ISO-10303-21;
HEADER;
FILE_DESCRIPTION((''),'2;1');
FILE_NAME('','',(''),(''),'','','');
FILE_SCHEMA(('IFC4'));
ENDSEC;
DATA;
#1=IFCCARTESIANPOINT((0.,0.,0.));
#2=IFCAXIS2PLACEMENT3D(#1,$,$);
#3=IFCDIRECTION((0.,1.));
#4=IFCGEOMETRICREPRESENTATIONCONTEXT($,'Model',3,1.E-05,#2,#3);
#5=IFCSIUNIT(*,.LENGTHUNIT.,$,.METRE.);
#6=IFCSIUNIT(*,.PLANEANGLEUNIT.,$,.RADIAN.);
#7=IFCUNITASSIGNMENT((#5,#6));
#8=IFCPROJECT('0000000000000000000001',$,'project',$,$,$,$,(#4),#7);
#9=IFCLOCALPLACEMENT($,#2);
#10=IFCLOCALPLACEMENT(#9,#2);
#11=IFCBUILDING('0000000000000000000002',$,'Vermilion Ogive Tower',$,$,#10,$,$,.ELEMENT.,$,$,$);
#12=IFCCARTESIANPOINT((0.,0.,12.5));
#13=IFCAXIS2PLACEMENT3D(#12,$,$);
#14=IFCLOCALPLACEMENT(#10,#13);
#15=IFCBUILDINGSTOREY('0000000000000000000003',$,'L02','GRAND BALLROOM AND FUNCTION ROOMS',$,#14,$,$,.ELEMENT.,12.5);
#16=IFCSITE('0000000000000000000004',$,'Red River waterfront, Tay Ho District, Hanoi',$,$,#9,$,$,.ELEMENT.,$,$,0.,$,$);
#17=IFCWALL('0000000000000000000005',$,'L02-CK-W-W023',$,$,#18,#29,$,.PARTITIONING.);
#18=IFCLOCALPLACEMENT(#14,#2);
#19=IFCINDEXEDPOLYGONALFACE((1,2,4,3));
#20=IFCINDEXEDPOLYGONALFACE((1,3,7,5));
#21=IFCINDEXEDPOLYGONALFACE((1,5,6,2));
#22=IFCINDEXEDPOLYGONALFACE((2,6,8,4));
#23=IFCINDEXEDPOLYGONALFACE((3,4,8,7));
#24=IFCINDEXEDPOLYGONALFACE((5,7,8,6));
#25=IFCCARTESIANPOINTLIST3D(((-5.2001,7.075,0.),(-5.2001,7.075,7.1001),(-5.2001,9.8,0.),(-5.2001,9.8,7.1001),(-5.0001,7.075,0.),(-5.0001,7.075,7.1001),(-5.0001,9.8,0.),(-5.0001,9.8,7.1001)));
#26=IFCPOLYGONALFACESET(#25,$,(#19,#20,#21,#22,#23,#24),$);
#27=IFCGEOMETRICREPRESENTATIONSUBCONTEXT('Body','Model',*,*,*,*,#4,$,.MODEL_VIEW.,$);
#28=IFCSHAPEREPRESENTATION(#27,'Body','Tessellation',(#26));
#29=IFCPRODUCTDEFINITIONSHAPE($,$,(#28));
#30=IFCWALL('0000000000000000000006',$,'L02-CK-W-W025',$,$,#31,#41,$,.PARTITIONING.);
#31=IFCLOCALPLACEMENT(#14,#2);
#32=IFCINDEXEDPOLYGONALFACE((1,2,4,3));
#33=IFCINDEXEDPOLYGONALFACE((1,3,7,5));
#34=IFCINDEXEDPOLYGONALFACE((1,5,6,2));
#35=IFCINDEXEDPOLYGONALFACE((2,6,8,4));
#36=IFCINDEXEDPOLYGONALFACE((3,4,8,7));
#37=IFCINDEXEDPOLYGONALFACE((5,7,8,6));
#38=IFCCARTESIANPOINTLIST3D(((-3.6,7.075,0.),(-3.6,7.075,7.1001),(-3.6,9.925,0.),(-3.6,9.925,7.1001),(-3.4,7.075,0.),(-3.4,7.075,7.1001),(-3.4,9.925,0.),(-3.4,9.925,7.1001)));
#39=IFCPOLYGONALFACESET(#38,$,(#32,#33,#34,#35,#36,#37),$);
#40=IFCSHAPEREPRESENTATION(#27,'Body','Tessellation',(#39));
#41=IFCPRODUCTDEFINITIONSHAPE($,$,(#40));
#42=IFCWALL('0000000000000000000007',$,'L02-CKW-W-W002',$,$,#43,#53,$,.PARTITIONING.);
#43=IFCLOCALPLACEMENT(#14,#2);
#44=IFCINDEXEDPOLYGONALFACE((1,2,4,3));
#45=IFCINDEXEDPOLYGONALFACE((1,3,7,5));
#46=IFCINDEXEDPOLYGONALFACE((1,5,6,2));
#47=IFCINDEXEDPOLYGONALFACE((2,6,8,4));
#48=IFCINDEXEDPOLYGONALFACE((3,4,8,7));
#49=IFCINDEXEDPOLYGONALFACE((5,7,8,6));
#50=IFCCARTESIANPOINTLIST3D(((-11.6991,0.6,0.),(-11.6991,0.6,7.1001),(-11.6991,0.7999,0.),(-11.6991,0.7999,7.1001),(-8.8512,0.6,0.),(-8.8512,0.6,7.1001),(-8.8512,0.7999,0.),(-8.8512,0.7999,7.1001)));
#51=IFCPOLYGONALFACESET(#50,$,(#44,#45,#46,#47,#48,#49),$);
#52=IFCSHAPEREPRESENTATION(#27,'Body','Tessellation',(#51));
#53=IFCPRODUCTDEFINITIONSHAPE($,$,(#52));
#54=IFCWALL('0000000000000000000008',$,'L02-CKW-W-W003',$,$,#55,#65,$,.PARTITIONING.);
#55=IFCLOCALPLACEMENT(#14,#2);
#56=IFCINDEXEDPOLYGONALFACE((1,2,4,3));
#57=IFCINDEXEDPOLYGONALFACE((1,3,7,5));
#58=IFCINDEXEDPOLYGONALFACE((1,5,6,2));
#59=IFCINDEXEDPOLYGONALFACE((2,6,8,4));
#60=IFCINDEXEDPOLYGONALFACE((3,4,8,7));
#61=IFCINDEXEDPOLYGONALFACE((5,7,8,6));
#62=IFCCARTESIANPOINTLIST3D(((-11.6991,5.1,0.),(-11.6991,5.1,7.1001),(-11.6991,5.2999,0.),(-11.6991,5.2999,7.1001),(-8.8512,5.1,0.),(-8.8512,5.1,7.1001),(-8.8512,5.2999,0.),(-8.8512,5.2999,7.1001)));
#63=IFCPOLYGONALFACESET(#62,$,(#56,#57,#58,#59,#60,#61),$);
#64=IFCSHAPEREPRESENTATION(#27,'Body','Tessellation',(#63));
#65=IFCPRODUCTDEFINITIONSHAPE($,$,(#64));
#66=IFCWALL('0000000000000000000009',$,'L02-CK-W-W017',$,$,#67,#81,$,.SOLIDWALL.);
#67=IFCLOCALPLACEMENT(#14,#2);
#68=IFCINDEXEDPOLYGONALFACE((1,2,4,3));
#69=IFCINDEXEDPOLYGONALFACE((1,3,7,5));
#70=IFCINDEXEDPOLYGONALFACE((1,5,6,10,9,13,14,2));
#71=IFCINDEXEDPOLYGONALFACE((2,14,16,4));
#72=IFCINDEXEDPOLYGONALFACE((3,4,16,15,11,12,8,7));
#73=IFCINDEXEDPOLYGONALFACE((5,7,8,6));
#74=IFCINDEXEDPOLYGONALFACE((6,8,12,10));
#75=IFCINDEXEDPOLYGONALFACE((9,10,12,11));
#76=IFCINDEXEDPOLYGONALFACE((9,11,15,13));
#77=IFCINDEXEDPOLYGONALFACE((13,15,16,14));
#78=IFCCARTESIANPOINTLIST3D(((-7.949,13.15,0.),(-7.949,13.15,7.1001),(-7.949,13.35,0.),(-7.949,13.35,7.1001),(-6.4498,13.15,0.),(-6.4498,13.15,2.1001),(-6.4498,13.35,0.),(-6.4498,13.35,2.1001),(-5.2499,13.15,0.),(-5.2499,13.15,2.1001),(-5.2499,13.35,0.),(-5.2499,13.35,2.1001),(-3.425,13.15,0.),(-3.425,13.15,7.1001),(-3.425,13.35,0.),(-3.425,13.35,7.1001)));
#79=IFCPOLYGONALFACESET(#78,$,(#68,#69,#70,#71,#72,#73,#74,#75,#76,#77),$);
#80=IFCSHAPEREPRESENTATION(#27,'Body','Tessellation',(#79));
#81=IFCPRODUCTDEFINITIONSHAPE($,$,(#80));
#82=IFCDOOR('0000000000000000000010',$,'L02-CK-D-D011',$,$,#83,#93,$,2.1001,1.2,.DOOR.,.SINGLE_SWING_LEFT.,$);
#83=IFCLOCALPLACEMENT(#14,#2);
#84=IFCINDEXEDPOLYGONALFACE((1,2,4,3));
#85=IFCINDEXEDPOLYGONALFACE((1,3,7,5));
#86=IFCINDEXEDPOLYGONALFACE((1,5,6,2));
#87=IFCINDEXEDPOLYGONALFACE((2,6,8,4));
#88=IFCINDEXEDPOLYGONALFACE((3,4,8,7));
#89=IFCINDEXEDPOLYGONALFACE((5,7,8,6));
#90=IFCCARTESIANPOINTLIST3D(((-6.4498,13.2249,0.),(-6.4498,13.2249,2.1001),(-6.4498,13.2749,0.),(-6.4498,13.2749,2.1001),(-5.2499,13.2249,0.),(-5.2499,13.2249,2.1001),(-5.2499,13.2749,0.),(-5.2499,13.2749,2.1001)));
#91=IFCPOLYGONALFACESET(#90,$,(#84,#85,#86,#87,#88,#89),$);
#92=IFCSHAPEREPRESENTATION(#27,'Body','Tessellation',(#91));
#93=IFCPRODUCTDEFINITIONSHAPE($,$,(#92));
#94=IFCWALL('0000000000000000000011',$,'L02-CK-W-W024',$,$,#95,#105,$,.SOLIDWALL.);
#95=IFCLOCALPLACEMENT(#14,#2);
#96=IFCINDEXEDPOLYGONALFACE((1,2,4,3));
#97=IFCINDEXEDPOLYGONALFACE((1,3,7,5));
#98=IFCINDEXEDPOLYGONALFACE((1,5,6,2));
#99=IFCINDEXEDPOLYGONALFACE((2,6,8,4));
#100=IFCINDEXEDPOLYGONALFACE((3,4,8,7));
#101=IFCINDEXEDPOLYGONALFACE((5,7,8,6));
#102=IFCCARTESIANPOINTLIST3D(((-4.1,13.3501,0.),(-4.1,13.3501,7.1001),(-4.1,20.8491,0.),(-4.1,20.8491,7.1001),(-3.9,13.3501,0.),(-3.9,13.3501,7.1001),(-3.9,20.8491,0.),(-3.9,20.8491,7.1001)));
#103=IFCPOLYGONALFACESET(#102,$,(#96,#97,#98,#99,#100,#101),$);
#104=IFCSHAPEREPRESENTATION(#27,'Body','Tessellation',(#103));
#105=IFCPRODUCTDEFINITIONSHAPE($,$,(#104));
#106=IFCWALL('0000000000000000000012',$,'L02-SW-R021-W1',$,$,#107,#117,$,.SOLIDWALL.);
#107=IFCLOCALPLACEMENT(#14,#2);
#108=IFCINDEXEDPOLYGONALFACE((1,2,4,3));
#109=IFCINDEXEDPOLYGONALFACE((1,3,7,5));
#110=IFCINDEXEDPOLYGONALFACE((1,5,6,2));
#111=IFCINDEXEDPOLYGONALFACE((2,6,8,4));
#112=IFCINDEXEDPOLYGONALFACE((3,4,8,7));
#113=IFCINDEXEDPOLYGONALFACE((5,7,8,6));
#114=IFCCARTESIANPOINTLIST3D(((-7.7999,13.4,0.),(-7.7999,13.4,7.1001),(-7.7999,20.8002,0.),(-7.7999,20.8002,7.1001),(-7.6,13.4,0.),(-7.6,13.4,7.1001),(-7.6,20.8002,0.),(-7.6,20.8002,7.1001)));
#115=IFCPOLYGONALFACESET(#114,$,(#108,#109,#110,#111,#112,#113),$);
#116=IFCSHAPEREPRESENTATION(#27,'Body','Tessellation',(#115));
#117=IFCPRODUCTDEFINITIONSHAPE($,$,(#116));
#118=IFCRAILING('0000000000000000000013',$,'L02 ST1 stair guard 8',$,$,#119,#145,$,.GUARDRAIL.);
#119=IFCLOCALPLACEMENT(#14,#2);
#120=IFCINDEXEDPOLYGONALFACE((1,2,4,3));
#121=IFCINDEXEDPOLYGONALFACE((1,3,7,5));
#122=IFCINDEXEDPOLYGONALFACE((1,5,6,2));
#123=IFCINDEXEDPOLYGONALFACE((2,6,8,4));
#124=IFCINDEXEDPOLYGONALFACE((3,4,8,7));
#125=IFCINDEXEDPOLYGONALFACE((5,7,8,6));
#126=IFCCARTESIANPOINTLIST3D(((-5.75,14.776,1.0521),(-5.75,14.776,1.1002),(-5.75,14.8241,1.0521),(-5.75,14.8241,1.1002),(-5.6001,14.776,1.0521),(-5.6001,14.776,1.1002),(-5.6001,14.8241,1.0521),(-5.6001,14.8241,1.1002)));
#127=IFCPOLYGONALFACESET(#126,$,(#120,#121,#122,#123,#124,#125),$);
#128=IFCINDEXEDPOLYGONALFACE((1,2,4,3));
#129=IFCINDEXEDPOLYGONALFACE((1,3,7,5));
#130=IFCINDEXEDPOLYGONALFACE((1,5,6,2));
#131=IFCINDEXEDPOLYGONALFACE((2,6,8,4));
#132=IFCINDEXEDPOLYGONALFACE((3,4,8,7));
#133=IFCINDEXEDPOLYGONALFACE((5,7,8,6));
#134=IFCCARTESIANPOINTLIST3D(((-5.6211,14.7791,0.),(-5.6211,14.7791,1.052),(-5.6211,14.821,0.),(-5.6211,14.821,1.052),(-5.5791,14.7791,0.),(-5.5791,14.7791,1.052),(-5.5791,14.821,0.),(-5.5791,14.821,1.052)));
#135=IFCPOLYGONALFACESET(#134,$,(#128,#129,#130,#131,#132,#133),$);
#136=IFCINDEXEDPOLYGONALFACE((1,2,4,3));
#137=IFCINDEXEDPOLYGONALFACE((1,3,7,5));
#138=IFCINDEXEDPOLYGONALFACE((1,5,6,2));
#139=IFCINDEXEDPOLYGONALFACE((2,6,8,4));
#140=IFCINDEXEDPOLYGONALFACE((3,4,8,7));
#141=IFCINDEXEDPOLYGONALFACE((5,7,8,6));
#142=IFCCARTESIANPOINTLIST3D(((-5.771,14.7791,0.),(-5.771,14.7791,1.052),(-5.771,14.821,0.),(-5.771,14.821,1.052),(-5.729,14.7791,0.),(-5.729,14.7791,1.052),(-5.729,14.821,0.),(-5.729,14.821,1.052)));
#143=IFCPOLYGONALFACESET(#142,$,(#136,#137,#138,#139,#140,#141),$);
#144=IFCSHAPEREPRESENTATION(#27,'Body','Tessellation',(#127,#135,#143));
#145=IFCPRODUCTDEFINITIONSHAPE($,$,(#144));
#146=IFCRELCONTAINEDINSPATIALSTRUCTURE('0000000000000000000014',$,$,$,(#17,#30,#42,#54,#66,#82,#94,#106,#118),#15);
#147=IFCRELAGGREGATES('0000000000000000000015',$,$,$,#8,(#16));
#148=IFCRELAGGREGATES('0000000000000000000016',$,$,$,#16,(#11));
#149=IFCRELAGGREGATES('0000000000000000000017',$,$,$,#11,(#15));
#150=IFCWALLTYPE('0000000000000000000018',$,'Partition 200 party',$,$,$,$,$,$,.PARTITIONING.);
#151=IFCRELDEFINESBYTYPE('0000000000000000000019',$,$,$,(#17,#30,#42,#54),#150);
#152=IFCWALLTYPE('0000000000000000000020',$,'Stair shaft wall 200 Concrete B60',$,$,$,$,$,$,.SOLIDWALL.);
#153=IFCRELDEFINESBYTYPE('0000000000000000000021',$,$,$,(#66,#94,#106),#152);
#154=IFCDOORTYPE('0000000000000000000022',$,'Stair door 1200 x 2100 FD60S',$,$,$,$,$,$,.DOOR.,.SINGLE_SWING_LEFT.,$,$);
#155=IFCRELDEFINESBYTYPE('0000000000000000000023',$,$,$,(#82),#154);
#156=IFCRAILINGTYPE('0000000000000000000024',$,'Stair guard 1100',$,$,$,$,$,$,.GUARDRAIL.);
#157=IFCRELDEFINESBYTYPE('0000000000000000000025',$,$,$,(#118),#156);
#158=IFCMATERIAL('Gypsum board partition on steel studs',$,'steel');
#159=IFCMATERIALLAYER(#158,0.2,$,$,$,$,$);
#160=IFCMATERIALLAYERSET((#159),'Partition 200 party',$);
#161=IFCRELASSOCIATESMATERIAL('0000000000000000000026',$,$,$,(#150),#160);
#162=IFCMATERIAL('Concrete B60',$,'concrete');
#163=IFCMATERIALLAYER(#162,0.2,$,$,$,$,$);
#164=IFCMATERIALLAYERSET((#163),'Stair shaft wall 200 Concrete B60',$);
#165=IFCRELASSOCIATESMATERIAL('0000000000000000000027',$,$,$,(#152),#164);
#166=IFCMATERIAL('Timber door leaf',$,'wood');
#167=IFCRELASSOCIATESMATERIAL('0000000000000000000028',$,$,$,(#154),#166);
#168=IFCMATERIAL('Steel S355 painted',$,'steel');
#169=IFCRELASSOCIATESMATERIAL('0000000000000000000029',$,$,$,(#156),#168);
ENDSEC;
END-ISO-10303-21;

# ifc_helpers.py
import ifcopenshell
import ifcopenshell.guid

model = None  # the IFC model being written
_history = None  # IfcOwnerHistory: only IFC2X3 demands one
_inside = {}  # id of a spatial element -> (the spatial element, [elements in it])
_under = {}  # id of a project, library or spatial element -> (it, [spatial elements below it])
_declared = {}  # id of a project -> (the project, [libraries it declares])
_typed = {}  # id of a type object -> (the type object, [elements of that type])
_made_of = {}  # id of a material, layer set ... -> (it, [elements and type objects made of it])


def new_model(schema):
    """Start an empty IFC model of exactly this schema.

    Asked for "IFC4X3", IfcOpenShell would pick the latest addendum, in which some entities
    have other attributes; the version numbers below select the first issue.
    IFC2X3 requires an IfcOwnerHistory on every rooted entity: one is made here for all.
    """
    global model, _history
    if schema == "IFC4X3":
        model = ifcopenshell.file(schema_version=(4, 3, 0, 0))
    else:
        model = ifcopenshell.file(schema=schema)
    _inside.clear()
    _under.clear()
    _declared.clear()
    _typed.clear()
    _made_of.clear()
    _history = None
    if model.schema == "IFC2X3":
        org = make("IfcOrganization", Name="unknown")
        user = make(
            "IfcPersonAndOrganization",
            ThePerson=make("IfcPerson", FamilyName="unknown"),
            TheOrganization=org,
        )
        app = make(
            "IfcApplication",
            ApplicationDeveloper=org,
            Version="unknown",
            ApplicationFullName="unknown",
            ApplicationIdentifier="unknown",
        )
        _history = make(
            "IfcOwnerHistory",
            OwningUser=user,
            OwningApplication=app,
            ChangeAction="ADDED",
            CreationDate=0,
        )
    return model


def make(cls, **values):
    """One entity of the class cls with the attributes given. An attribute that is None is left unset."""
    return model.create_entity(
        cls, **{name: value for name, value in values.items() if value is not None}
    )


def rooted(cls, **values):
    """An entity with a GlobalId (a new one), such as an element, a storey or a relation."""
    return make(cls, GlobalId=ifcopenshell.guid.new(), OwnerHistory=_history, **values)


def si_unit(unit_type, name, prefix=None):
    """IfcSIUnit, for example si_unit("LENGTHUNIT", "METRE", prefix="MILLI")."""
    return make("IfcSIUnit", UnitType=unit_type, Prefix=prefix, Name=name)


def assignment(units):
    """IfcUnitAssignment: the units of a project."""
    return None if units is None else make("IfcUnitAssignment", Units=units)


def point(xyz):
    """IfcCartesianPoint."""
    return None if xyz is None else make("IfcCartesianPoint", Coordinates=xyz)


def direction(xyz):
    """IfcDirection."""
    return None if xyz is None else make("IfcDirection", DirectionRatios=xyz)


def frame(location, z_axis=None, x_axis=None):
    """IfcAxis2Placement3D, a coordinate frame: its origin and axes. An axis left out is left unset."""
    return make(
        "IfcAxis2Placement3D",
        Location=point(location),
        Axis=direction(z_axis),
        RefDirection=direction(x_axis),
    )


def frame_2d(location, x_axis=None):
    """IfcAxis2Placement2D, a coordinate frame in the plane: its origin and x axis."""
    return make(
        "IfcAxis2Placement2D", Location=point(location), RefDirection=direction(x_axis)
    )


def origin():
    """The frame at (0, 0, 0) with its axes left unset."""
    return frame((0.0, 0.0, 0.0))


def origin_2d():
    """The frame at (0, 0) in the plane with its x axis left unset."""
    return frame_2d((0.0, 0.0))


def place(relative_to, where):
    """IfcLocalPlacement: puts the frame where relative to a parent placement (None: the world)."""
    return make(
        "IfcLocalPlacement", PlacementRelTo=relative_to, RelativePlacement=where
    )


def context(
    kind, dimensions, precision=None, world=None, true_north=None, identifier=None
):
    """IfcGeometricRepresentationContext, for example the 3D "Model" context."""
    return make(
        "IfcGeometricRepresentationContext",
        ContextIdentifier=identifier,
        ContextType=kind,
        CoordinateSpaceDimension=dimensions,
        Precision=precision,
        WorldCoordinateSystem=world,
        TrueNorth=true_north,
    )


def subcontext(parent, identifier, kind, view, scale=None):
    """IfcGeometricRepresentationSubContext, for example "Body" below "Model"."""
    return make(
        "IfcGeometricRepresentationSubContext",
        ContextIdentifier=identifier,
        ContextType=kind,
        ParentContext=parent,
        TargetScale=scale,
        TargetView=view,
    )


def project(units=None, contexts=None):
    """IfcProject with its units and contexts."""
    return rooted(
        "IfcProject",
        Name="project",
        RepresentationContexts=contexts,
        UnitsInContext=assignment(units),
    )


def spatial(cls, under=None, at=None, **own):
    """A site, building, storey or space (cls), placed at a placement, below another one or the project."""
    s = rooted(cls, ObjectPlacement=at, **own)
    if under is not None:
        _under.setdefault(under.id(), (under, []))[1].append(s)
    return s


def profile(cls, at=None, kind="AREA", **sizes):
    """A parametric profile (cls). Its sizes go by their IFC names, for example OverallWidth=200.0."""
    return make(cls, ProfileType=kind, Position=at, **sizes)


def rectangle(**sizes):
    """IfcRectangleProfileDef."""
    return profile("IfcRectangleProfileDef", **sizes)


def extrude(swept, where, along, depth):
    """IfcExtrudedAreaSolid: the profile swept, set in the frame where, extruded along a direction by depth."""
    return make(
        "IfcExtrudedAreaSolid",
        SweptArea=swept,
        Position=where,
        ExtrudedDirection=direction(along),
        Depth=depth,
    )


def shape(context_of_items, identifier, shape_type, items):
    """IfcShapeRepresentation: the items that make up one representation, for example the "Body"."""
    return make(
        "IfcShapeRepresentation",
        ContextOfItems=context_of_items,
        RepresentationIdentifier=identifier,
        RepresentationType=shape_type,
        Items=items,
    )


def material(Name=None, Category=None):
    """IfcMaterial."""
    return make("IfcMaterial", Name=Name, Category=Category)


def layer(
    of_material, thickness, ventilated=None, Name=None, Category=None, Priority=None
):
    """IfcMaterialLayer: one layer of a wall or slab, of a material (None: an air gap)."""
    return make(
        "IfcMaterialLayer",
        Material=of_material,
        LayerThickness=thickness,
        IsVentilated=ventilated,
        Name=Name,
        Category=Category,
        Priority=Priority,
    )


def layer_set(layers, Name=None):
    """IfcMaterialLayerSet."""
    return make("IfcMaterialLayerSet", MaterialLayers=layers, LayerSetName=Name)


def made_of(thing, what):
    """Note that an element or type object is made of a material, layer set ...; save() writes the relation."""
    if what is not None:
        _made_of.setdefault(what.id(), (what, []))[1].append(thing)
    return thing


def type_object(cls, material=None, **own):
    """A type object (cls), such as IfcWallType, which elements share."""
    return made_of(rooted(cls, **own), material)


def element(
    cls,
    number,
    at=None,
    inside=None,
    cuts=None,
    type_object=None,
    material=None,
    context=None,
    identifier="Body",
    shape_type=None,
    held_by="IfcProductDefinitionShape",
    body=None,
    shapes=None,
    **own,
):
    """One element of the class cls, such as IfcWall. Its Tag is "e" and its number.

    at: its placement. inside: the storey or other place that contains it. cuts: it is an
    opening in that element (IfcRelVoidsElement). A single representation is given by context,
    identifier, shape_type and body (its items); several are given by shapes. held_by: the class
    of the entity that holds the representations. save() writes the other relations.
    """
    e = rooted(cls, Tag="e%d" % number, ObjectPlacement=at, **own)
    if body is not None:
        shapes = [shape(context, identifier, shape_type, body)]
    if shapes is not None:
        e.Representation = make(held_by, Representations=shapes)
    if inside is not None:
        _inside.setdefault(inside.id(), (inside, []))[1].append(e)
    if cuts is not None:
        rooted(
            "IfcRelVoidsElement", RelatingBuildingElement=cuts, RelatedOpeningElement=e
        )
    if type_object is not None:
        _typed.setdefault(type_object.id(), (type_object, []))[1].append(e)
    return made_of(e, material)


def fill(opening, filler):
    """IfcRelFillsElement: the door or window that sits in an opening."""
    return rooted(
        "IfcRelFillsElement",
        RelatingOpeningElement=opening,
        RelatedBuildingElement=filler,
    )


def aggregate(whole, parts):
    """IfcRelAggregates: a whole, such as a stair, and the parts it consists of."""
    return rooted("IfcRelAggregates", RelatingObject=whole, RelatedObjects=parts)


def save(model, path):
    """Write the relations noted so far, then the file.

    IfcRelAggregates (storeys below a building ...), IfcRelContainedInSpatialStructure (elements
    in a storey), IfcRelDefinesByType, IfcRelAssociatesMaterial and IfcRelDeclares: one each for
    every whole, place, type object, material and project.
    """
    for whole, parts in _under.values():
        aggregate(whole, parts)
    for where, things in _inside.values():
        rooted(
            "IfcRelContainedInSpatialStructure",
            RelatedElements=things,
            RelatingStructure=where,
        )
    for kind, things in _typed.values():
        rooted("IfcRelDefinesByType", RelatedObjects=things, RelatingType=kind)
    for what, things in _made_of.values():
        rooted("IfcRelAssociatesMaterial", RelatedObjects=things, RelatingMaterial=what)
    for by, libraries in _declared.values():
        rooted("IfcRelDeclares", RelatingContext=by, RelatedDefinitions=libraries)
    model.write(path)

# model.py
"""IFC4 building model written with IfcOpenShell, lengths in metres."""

from ifc_helpers import new_model, si_unit, direction, frame, frame_2d, origin, origin_2d, place, context, subcontext, project, spatial, rectangle, extrude, material, layer, layer_set, type_object, element, fill, save


model = new_model("IFC4")

# Units and contexts
model_context = context("Model", 3, precision=1e-05, world=origin(), true_north=direction((0.0, 1.0)))
body_context = subcontext(model_context, "Body", "Model", "MODEL_VIEW")
ifc_project = project(units=[si_unit("LENGTHUNIT", "METRE"), si_unit("PLANEANGLEUNIT", "RADIAN")], contexts=[model_context])

# Site, building, storey
site_placement = place(None, origin())
site = spatial("IfcSite", under=ifc_project, at=site_placement, Name="Red River waterfront, Tay Ho District, Hanoi", CompositionType="ELEMENT", RefElevation=0.0)
building_placement = place(site_placement, origin())
building = spatial("IfcBuilding", under=site, at=building_placement, Name="Vermilion Ogive Tower", CompositionType="ELEMENT")
storey_placement = place(building_placement, frame((0.0, 0.0, 12.5)))
storey = spatial("IfcBuildingStorey", under=building, at=storey_placement, Name="L02", Description="GRAND BALLROOM AND FUNCTION ROOMS", CompositionType="ELEMENT", Elevation=12.5)

# Shared definitions
ifc_material_1 = material(Name="Gypsum board partition on steel studs", Category="steel")
ifc_layer_1 = layer(ifc_material_1, 0.2)
ifc_layer_set_1 = layer_set([ifc_layer_1], Name="Partition 200 party")
wall_type_1 = type_object("IfcWallType", Name="Partition 200 party", PredefinedType="PARTITIONING", material=ifc_layer_set_1)

# Walls
wall_1_placement = place(storey_placement, frame((-5.1001, 7.075, 0.0), z_axis=(0.0, 0.0, 1.0), x_axis=(0.0, 1.0, 0.0)))
element("IfcWall", 1, at=wall_1_placement, inside=storey, type_object=wall_type_1, Name="L02-CK-W-W023", PredefinedType="PARTITIONING", context=body_context, shape_type="SweptSolid", body=[
    extrude(rectangle(XDim=2.7251, YDim=0.2, at=frame_2d((1.3625, 0.0))), origin(), (0.0, 0.0, 1.0), 7.1001),
])
wall_2_placement = place(storey_placement, frame((-3.5, 7.075, 0.0), z_axis=(0.0, 0.0, 1.0), x_axis=(0.0, 1.0, 0.0)))
element("IfcWall", 2, at=wall_2_placement, inside=storey, type_object=wall_type_1, Name="L02-CK-W-W025", PredefinedType="PARTITIONING", context=body_context, shape_type="SweptSolid", body=[
    extrude(rectangle(XDim=2.8501, YDim=0.2, at=frame_2d((1.425, 0.0))), origin(), (0.0, 0.0, 1.0), 7.1001),
])
for number, where, z_axis, x_axis, name in (
    (3, (-11.699, 0.7, 0.0), (0.0, 0.0, 1.0), (1.0, 0.0, 0.0), "L02-CKW-W-W002"),
    (4, (-11.699, 5.2, 0.0), (0.0, 0.0, 1.0), (1.0, 0.0, 0.0), "L02-CKW-W-W003"),
):
    element("IfcWall", number, at=place(storey_placement, frame(where, z_axis=z_axis, x_axis=x_axis)), inside=storey, type_object=wall_type_1, Name=name, PredefinedType="PARTITIONING", context=body_context, shape_type="SweptSolid", body=[
        extrude(rectangle(XDim=2.8479, YDim=0.2, at=frame_2d((1.4238, 0.0))), origin(), (0.0, 0.0, 1.0), 7.1001),
    ])

# Wall, opening, door
ifc_material_2 = material(Name="Concrete B60", Category="concrete")
ifc_layer_2 = layer(ifc_material_2, 0.2)
ifc_layer_set_2 = layer_set([ifc_layer_2], Name="Stair shaft wall 200 Concrete B60")
wall_type_2 = type_object("IfcWallType", Name="Stair shaft wall 200 Concrete B60", PredefinedType="SOLIDWALL", material=ifc_layer_set_2)
wall_3_placement = place(storey_placement, frame((-7.949, 13.25, 0.0), z_axis=(0.0, 0.0, 1.0), x_axis=(1.0, 0.0, 0.0)))
wall_3 = element("IfcWall", 5, at=wall_3_placement, inside=storey, type_object=wall_type_2, Name="L02-CK-W-W017", PredefinedType="SOLIDWALL", context=body_context, shape_type="SweptSolid", body=[
    extrude(rectangle(XDim=4.5239, YDim=0.2, at=frame_2d((2.262, 0.0))), origin(), (0.0, 0.0, 1.0), 7.1001),
])
opening_1_placement = place(wall_3_placement, frame((1.499, 0.0, 0.0)))
opening_1 = element("IfcOpeningElement", 6, at=opening_1_placement, cuts=wall_3, PredefinedType="OPENING", context=body_context, shape_type="SweptSolid", body=[
    extrude(rectangle(XDim=1.2, YDim=2.1001, at=frame_2d((0.6001, 1.05))), frame((0.0, 0.1099, 0.0), z_axis=(0.0, -1.0, 0.0), x_axis=(1.0, 0.0, 0.0)), (0.0, 0.0, 1.0), 0.22),
])
ifc_material_3 = material(Name="Timber door leaf", Category="wood")
door_type_1 = type_object("IfcDoorType", Name="Stair door 1200 x 2100 FD60S", OperationType="SINGLE_SWING_LEFT", PredefinedType="DOOR", material=ifc_material_3)
door_1_placement = place(opening_1_placement, origin())
door_1 = element("IfcDoor", 7, at=door_1_placement, inside=storey, type_object=door_type_1, Name="L02-CK-D-D011", OperationType="SINGLE_SWING_LEFT", OverallHeight=2.1001, OverallWidth=1.2, PredefinedType="DOOR", context=body_context, shape_type="SweptSolid", body=[
    extrude(rectangle(XDim=1.2, YDim=2.1001, at=frame_2d((0.6001, 1.05))), frame((0.0, 0.0249, 0.0), z_axis=(0.0, -1.0, 0.0), x_axis=(1.0, 0.0, 0.0)), (0.0, 0.0, 1.0), 0.05),
])
fill(opening_1, door_1)

# Walls
wall_4_placement = place(storey_placement, frame((-4.0, 13.3501, 0.0), z_axis=(0.0, 0.0, 1.0), x_axis=(0.0, 1.0, 0.0)))
element("IfcWall", 8, at=wall_4_placement, inside=storey, type_object=wall_type_2, Name="L02-CK-W-W024", PredefinedType="SOLIDWALL", context=body_context, shape_type="SweptSolid", body=[
    extrude(rectangle(XDim=7.499, YDim=0.2, at=frame_2d((3.7495, 0.0))), origin(), (0.0, 0.0, 1.0), 7.1001),
])
wall_5_placement = place(storey_placement, frame((-7.7, 13.3999, 0.0), z_axis=(0.0, 0.0, 1.0), x_axis=(0.0, 1.0, 0.0)))
element("IfcWall", 9, at=wall_5_placement, inside=storey, type_object=wall_type_2, Name="L02-SW-R021-W1", PredefinedType="SOLIDWALL", context=body_context, shape_type="SweptSolid", body=[
    extrude(rectangle(XDim=7.4001, YDim=0.2, at=frame_2d((3.7002, 0.0))), origin(), (0.0, 0.0, 1.0), 7.1001),
])

# Railing
ifc_material_4 = material(Name="Steel S355 painted", Category="steel")
railing_type = type_object("IfcRailingType", Name="Stair guard 1100", PredefinedType="GUARDRAIL", material=ifc_material_4)
railing_1_placement = place(storey_placement, frame((-5.6001, 14.8, 0.0)))
element("IfcRailing", 10, at=railing_1_placement, inside=storey, type_object=railing_type, Name="L02 ST1 stair guard 8", PredefinedType="GUARDRAIL", context=body_context, shape_type="SweptSolid", body=[
    extrude(rectangle(XDim=0.0481, YDim=0.0481, at=origin_2d()), frame((0.0, 0.0, 1.0762), z_axis=(-1.0, 0.0, 0.0), x_axis=(0.0, -1.0, 0.0)), (0.0, 0.0, 1.0), 0.1499),
    extrude(rectangle(XDim=0.042, YDim=0.042, at=origin_2d()), origin(), (0.0, 0.0, 1.0), 1.052),
    extrude(rectangle(XDim=0.042, YDim=0.042, at=origin_2d()), frame((-0.1499, 0.0, 0.0)), (0.0, 0.0, 1.0), 1.052),
])

save(model, "model.ifc")
